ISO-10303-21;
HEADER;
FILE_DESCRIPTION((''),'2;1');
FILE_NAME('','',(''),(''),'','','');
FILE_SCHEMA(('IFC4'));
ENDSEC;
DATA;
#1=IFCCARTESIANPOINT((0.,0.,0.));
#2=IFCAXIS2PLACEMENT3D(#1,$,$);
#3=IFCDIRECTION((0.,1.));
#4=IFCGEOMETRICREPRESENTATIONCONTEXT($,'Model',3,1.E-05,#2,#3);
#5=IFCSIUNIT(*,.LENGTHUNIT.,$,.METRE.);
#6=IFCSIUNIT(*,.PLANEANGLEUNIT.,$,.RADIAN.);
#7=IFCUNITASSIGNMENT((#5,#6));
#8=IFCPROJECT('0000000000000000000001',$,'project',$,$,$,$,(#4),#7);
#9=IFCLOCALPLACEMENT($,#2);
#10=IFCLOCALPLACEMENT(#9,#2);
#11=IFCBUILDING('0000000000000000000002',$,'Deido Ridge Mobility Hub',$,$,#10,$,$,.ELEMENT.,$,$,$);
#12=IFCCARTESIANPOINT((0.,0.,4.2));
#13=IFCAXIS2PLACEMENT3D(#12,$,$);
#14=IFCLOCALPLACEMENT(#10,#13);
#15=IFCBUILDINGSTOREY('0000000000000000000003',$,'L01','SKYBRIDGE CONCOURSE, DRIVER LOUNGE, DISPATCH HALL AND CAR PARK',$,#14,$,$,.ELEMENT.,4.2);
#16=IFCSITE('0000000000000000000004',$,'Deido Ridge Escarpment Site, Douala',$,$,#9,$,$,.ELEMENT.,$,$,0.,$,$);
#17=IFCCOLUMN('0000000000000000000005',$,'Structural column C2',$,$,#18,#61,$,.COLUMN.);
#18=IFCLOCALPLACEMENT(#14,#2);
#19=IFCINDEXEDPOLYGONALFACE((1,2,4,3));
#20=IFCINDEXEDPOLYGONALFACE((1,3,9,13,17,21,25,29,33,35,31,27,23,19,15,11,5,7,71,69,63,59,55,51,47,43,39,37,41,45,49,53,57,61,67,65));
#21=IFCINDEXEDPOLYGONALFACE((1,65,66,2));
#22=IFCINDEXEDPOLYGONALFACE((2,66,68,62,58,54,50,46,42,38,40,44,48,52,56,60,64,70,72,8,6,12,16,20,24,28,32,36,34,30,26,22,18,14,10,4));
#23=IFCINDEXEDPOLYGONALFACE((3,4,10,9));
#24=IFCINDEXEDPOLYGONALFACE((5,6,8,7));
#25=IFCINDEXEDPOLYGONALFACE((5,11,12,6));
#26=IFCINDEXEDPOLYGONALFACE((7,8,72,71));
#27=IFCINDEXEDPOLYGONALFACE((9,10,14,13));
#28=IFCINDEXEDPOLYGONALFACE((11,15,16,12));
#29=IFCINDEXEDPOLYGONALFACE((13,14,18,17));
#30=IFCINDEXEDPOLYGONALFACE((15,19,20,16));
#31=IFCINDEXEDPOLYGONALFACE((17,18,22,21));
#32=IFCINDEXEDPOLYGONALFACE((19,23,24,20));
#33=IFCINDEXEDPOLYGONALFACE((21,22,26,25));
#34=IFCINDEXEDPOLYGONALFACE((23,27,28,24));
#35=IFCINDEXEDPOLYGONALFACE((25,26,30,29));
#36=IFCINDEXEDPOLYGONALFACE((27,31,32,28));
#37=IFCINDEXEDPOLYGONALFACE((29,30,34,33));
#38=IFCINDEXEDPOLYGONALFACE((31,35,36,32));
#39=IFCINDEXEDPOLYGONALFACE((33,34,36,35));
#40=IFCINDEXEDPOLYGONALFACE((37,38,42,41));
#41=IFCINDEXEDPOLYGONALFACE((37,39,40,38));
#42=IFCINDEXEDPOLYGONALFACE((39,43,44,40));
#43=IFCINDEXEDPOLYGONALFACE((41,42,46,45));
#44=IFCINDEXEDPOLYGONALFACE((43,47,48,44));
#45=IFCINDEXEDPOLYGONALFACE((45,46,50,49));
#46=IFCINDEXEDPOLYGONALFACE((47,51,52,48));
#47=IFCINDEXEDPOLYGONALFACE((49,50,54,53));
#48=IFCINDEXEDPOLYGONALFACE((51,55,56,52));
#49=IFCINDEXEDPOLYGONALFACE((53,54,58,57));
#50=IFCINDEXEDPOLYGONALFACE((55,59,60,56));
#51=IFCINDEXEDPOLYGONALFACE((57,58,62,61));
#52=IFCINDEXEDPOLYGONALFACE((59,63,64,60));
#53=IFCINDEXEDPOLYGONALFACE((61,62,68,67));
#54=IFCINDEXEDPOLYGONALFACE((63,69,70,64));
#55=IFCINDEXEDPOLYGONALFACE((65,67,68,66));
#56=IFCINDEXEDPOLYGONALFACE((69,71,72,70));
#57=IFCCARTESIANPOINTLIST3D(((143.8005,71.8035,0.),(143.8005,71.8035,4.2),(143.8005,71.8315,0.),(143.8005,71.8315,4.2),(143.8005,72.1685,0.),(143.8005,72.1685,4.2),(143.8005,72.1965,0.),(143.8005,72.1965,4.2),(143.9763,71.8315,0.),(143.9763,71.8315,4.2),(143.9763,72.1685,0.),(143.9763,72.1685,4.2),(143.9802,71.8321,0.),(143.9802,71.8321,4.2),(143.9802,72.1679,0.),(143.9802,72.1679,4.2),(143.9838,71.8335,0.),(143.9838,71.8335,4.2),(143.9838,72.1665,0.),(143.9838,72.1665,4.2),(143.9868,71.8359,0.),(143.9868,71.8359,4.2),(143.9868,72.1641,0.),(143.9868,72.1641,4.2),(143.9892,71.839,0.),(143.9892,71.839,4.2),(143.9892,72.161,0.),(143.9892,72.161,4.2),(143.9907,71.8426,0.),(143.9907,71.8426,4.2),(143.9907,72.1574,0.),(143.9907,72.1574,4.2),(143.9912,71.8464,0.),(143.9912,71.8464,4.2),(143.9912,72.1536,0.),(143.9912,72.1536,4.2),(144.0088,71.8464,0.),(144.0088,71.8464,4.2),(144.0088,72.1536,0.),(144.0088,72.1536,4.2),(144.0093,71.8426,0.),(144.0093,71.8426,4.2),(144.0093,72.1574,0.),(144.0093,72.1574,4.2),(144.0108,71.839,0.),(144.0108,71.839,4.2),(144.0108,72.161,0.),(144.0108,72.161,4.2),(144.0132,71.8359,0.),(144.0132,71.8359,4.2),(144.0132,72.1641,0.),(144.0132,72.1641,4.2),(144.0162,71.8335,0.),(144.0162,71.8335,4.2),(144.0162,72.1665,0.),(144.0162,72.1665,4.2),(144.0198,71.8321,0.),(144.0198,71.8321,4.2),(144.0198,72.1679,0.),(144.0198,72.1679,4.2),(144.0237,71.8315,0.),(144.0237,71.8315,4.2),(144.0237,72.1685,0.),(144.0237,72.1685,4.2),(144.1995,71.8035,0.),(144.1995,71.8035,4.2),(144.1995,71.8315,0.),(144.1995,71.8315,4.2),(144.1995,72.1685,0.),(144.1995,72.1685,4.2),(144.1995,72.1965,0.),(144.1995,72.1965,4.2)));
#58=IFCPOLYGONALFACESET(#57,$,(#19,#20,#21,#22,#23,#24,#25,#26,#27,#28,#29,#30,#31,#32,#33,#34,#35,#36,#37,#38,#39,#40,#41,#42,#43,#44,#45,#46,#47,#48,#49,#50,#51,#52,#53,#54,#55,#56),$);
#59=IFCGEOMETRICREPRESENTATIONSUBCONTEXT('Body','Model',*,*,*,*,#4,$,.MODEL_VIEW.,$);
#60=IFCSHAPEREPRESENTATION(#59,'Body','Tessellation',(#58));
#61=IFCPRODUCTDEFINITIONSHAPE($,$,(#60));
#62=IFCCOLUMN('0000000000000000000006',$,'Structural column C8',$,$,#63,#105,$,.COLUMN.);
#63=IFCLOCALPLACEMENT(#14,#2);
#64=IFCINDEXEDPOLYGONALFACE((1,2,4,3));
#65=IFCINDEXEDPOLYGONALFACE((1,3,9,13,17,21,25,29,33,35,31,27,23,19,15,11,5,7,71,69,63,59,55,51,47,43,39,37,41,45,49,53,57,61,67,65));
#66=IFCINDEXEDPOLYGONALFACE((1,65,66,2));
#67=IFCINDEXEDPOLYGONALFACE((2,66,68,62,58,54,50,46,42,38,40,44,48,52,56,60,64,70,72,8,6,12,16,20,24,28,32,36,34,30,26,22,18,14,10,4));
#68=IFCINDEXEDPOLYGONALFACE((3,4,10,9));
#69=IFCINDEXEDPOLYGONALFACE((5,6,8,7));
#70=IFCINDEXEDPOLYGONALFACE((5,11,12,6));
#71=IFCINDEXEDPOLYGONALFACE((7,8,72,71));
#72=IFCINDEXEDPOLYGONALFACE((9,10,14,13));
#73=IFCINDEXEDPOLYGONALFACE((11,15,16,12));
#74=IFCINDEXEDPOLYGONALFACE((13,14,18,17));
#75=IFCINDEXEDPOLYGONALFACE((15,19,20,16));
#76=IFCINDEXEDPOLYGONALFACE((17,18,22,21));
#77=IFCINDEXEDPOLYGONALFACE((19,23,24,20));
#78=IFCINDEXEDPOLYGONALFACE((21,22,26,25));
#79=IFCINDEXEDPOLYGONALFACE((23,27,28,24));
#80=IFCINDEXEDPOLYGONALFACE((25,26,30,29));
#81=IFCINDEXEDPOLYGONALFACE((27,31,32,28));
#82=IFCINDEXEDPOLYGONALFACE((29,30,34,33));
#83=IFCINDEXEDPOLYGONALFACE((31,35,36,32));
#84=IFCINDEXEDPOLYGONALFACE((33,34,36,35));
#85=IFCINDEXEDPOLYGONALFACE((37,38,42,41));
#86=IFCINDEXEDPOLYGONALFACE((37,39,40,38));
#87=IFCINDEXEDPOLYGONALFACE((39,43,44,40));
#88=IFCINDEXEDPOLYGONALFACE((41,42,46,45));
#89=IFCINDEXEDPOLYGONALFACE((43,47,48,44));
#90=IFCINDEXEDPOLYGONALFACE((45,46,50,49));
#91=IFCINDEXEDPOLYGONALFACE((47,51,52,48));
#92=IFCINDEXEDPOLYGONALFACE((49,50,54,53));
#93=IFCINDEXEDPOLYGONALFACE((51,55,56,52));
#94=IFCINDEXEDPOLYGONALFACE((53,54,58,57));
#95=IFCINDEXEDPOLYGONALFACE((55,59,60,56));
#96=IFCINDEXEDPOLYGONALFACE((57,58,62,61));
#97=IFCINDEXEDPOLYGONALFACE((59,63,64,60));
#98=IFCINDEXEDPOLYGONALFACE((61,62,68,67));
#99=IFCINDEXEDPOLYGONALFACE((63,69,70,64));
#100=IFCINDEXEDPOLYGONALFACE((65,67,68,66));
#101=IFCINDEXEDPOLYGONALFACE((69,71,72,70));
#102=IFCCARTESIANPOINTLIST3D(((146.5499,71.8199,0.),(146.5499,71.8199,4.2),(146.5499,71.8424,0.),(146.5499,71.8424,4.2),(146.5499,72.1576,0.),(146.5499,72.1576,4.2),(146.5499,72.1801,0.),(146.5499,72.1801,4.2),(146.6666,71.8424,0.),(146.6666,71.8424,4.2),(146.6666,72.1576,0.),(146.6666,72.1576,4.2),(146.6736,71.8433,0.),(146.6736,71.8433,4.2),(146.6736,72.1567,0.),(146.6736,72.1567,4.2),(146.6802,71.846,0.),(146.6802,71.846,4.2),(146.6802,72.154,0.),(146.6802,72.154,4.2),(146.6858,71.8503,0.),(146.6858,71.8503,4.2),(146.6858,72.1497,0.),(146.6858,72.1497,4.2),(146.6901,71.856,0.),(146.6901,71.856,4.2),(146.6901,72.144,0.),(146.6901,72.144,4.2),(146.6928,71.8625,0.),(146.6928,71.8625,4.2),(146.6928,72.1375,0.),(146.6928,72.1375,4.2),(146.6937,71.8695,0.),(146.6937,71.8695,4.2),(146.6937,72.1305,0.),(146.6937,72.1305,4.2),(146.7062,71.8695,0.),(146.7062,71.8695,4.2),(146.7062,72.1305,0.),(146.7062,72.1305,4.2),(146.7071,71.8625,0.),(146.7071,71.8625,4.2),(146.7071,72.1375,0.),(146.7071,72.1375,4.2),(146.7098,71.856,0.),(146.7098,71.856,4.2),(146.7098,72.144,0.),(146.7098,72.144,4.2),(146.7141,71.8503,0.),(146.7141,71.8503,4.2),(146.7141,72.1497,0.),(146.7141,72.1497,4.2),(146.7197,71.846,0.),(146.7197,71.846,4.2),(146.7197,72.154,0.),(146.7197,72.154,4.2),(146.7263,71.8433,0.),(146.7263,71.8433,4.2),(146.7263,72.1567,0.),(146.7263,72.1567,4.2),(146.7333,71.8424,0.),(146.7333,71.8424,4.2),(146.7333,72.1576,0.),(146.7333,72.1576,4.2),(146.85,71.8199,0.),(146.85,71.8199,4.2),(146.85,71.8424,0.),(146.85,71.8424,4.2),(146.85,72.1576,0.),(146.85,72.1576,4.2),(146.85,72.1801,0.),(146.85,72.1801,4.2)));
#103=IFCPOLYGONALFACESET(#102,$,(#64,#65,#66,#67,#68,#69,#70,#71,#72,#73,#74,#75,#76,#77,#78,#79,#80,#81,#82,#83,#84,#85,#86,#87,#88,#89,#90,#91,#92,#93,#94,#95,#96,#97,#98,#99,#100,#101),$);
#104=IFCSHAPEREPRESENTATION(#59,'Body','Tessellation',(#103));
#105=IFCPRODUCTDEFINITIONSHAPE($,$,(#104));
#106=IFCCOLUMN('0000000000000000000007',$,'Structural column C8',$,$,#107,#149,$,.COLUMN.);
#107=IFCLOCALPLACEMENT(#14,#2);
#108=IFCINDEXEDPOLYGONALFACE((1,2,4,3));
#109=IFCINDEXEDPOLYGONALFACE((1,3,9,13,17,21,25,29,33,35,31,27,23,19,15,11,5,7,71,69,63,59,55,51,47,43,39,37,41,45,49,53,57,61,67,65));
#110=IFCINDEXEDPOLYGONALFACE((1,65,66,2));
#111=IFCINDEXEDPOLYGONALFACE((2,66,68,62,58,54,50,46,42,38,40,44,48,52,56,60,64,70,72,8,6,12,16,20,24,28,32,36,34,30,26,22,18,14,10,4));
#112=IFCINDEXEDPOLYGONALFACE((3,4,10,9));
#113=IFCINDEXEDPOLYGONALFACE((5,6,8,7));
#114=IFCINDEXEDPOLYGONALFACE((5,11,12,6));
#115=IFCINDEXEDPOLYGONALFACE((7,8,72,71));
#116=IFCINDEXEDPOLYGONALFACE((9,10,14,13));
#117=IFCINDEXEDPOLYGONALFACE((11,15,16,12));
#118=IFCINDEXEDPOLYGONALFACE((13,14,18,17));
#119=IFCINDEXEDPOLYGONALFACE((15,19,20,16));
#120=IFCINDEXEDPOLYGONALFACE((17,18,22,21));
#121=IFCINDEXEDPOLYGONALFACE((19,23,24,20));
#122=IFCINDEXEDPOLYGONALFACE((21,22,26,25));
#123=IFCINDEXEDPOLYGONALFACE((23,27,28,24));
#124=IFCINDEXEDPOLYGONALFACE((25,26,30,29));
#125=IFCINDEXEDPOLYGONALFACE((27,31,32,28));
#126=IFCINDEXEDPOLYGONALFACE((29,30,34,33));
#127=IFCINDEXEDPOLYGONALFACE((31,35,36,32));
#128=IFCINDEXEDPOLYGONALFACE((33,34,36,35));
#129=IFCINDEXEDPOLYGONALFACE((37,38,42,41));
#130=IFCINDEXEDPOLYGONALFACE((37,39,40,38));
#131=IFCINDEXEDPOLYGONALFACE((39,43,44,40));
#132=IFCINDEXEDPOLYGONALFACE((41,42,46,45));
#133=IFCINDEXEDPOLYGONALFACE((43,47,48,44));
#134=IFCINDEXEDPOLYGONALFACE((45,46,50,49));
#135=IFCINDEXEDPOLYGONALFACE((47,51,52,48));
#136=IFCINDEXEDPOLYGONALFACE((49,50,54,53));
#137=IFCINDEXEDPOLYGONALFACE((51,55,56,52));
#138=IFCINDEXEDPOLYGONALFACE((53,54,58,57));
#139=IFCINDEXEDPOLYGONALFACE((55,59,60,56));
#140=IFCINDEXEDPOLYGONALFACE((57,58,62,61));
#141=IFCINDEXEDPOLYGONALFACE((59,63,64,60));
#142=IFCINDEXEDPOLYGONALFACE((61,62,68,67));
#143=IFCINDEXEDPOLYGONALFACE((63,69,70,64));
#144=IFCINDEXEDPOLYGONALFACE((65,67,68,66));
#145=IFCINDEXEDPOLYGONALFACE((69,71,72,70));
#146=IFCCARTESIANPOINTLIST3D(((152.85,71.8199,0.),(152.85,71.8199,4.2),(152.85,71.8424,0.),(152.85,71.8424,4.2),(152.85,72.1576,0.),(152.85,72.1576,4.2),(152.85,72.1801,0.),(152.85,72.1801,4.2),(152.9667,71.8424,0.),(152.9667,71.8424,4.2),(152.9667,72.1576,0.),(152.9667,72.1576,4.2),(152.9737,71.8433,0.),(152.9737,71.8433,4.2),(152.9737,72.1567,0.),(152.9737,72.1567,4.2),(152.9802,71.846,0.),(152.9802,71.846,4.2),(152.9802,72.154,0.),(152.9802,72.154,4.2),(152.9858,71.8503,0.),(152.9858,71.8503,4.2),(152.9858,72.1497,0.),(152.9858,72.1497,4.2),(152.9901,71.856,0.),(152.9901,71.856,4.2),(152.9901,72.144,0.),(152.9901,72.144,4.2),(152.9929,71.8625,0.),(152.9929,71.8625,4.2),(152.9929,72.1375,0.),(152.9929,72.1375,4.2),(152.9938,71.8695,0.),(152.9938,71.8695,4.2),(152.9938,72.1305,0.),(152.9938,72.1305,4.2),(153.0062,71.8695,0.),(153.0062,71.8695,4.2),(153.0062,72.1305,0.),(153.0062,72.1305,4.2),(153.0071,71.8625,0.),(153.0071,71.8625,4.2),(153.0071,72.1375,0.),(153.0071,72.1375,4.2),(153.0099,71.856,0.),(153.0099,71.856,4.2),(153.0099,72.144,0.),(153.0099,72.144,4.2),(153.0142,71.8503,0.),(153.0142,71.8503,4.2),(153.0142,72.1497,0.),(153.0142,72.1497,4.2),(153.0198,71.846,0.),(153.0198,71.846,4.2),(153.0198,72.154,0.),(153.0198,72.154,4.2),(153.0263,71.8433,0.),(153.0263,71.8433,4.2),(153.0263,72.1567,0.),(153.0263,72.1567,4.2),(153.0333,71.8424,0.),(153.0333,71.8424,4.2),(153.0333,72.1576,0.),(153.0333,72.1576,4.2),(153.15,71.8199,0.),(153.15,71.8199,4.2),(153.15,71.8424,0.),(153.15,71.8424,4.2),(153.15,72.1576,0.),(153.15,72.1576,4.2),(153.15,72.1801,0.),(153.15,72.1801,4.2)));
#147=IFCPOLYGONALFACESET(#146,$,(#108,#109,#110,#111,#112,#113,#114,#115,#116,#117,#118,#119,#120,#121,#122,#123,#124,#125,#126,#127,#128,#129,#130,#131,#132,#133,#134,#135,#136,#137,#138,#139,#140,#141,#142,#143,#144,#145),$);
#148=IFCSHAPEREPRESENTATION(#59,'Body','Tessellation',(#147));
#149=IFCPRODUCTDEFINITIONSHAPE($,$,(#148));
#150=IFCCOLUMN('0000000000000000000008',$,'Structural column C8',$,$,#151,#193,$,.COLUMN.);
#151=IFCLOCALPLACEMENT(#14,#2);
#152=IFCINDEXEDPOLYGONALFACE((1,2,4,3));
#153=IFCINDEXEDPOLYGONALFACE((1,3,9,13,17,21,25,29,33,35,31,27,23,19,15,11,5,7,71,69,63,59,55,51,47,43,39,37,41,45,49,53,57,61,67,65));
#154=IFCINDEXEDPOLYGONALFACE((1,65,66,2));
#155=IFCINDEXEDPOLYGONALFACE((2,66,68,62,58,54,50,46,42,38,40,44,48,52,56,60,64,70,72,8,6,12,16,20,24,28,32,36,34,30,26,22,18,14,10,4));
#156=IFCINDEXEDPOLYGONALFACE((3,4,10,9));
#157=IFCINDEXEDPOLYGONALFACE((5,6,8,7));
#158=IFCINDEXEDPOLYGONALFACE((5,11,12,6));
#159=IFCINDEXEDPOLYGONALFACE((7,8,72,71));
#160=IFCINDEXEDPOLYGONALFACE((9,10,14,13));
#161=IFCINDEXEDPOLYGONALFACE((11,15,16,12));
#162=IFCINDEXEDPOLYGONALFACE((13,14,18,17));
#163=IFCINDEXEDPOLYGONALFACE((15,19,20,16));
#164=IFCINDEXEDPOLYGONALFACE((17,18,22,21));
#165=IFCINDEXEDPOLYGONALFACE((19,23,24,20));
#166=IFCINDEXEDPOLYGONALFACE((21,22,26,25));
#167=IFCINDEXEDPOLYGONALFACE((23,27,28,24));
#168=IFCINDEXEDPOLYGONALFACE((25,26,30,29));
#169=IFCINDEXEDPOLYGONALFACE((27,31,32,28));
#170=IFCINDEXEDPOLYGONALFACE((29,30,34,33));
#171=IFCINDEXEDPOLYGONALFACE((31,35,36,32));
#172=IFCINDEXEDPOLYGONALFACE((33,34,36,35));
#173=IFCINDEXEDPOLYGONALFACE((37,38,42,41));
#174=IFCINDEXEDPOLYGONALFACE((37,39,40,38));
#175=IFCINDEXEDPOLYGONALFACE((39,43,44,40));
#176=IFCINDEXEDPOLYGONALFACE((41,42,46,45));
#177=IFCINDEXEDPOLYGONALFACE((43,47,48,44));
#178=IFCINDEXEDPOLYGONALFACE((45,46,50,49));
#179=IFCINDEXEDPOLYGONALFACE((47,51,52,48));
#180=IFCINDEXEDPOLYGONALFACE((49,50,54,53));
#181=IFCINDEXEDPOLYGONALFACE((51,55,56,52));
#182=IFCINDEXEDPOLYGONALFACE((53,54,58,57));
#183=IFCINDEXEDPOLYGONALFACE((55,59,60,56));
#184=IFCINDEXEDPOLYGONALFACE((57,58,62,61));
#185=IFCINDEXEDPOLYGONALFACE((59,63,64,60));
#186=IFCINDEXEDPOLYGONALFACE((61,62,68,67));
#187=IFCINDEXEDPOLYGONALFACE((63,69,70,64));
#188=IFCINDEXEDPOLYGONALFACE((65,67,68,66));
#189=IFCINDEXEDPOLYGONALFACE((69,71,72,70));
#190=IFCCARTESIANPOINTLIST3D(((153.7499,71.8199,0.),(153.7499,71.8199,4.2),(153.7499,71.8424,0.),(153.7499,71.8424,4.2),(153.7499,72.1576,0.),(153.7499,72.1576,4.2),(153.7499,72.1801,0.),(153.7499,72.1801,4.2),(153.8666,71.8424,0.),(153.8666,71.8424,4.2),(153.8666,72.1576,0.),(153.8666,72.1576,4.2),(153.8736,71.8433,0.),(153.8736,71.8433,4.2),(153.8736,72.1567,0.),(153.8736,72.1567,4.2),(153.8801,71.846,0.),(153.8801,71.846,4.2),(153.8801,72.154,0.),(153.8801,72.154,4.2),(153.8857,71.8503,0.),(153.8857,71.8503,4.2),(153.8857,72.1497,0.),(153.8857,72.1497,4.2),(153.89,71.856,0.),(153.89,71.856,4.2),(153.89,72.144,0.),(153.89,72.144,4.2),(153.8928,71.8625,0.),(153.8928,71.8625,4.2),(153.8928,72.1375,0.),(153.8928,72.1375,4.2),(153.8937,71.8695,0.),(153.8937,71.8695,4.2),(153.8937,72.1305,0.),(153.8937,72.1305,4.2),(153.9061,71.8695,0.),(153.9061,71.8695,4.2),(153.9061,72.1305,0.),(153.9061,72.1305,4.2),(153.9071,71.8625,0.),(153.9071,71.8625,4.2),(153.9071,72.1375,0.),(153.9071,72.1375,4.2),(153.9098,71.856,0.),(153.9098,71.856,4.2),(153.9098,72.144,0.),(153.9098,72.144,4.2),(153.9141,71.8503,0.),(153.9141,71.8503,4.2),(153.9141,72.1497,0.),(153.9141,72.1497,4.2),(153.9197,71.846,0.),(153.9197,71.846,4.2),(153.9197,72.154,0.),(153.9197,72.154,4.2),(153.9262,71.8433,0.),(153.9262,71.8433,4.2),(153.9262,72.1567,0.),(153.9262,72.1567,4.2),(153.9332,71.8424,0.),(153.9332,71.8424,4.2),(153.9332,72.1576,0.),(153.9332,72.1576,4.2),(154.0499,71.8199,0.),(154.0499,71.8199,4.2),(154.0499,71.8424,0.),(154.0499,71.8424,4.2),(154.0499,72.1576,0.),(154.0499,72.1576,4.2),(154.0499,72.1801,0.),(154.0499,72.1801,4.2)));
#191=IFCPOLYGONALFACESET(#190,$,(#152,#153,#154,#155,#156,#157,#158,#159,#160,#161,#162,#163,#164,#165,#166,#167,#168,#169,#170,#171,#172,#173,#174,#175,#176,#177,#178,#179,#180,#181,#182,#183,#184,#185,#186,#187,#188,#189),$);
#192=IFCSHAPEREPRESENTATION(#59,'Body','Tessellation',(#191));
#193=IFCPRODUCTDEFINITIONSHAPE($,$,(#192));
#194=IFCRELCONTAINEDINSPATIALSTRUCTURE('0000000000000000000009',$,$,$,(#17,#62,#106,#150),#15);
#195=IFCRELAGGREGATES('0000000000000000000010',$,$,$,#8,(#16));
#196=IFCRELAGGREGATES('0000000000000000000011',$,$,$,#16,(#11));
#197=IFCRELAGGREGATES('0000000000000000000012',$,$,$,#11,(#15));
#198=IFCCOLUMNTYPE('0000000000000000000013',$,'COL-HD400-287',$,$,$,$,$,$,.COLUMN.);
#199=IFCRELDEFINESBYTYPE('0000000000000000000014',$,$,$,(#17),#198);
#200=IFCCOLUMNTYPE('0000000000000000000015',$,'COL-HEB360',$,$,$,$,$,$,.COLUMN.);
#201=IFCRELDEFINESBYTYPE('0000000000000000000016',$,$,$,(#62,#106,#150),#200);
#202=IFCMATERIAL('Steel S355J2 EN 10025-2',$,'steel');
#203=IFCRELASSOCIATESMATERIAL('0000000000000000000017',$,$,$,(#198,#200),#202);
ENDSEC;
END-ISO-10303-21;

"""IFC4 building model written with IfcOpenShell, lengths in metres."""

from ifc_helpers import new_model, si_unit, direction, frame, origin, origin_2d, place, context, subcontext, project, spatial, i_section, extrude, material, material_profile, profile_set, type_object, element, save


model = new_model("IFC4")

# Units and contexts
model_context = context("Model", 3, precision=1e-05, world=origin(), true_north=direction((0.0, 1.0)))
body_context = subcontext(model_context, "Body", "Model", "MODEL_VIEW")
ifc_project = project(units=[si_unit("LENGTHUNIT", "METRE"), si_unit("PLANEANGLEUNIT", "RADIAN")], contexts=[model_context])

# Site, building, storey
site_placement = place(None, origin())
site = spatial("IfcSite", under=ifc_project, at=site_placement, Name="Deido Ridge Escarpment Site, Douala", CompositionType="ELEMENT", RefElevation=0.0)
building_placement = place(site_placement, origin())
building = spatial("IfcBuilding", under=site, at=building_placement, Name="Deido Ridge Mobility Hub", CompositionType="ELEMENT")
storey_placement = place(building_placement, frame((0.0, 0.0, 4.2)))
storey = spatial("IfcBuildingStorey", under=building, at=storey_placement, Name="L01", Description="SKYBRIDGE CONCOURSE, DRIVER LOUNGE, DISPATCH HALL AND CAR PARK", CompositionType="ELEMENT", Elevation=4.2)

# Columns
ifc_material_1 = material(Name="Steel S355J2 EN 10025-2", Category="steel")
ifc_material_profile_1 = material_profile(ifc_material_1, i_section(OverallWidth=0.3989, OverallDepth=0.3931, WebThickness=0.0176, FlangeThickness=0.0281, FilletRadius=0.0149, at=origin_2d()), Name="HD 400x287")
ifc_profile_set_1 = profile_set([ifc_material_profile_1], Name="Steel S355J2 EN 10025-2")
column_type_1 = type_object("IfcColumnType", Name="COL-HD400-287", PredefinedType="COLUMN", material=ifc_profile_set_1)
column_placement = place(storey_placement, frame((144.0, 72.0, 0.0), z_axis=(0.0, 0.0, 1.0), x_axis=(1.0, 0.0, 0.0)))
element("IfcColumn", 1, at=column_placement, inside=storey, type_object=column_type_1, Name="Structural column C2", PredefinedType="COLUMN", context=body_context, shape_type="SweptSolid", body=[
    extrude(i_section(OverallWidth=0.3989, OverallDepth=0.3931, WebThickness=0.0176, FlangeThickness=0.0281, FilletRadius=0.0149, at=origin_2d()), origin(), (0.0, 0.0, 1.0), 4.2),
])
ifc_material_profile_2 = material_profile(ifc_material_1, i_section(OverallWidth=0.3, OverallDepth=0.3601, WebThickness=0.0125, FlangeThickness=0.0225, FilletRadius=0.0271, at=origin_2d()), Name="HEB 360")
ifc_profile_set_2 = profile_set([ifc_material_profile_2], Name="Steel S355J2 EN 10025-2")
column_type_2 = type_object("IfcColumnType", Name="COL-HEB360", PredefinedType="COLUMN", material=ifc_profile_set_2)
for number, where, z_axis, x_axis, name in (
    (2, (146.7, 72.0, 0.0), (0.0, 0.0, 1.0), (1.0, 0.0, 0.0), "Structural column C8"),
    (3, (153.0, 72.0, 0.0), (0.0, 0.0, 1.0), (1.0, 0.0, 0.0), "Structural column C8"),
    (4, (153.8999, 72.0, 0.0), (0.0, 0.0, 1.0), (1.0, 0.0, 0.0), "Structural column C8"),
):
    element("IfcColumn", number, at=place(storey_placement, frame(where, z_axis=z_axis, x_axis=x_axis)), inside=storey, type_object=column_type_2, Name=name, PredefinedType="COLUMN", context=body_context, shape_type="SweptSolid", body=[
        extrude(i_section(OverallWidth=0.3, OverallDepth=0.3601, WebThickness=0.0125, FlangeThickness=0.0225, FilletRadius=0.0271, at=origin_2d()), origin(), (0.0, 0.0, 1.0), 4.2),
    ])

save(model, "model.ifc")
